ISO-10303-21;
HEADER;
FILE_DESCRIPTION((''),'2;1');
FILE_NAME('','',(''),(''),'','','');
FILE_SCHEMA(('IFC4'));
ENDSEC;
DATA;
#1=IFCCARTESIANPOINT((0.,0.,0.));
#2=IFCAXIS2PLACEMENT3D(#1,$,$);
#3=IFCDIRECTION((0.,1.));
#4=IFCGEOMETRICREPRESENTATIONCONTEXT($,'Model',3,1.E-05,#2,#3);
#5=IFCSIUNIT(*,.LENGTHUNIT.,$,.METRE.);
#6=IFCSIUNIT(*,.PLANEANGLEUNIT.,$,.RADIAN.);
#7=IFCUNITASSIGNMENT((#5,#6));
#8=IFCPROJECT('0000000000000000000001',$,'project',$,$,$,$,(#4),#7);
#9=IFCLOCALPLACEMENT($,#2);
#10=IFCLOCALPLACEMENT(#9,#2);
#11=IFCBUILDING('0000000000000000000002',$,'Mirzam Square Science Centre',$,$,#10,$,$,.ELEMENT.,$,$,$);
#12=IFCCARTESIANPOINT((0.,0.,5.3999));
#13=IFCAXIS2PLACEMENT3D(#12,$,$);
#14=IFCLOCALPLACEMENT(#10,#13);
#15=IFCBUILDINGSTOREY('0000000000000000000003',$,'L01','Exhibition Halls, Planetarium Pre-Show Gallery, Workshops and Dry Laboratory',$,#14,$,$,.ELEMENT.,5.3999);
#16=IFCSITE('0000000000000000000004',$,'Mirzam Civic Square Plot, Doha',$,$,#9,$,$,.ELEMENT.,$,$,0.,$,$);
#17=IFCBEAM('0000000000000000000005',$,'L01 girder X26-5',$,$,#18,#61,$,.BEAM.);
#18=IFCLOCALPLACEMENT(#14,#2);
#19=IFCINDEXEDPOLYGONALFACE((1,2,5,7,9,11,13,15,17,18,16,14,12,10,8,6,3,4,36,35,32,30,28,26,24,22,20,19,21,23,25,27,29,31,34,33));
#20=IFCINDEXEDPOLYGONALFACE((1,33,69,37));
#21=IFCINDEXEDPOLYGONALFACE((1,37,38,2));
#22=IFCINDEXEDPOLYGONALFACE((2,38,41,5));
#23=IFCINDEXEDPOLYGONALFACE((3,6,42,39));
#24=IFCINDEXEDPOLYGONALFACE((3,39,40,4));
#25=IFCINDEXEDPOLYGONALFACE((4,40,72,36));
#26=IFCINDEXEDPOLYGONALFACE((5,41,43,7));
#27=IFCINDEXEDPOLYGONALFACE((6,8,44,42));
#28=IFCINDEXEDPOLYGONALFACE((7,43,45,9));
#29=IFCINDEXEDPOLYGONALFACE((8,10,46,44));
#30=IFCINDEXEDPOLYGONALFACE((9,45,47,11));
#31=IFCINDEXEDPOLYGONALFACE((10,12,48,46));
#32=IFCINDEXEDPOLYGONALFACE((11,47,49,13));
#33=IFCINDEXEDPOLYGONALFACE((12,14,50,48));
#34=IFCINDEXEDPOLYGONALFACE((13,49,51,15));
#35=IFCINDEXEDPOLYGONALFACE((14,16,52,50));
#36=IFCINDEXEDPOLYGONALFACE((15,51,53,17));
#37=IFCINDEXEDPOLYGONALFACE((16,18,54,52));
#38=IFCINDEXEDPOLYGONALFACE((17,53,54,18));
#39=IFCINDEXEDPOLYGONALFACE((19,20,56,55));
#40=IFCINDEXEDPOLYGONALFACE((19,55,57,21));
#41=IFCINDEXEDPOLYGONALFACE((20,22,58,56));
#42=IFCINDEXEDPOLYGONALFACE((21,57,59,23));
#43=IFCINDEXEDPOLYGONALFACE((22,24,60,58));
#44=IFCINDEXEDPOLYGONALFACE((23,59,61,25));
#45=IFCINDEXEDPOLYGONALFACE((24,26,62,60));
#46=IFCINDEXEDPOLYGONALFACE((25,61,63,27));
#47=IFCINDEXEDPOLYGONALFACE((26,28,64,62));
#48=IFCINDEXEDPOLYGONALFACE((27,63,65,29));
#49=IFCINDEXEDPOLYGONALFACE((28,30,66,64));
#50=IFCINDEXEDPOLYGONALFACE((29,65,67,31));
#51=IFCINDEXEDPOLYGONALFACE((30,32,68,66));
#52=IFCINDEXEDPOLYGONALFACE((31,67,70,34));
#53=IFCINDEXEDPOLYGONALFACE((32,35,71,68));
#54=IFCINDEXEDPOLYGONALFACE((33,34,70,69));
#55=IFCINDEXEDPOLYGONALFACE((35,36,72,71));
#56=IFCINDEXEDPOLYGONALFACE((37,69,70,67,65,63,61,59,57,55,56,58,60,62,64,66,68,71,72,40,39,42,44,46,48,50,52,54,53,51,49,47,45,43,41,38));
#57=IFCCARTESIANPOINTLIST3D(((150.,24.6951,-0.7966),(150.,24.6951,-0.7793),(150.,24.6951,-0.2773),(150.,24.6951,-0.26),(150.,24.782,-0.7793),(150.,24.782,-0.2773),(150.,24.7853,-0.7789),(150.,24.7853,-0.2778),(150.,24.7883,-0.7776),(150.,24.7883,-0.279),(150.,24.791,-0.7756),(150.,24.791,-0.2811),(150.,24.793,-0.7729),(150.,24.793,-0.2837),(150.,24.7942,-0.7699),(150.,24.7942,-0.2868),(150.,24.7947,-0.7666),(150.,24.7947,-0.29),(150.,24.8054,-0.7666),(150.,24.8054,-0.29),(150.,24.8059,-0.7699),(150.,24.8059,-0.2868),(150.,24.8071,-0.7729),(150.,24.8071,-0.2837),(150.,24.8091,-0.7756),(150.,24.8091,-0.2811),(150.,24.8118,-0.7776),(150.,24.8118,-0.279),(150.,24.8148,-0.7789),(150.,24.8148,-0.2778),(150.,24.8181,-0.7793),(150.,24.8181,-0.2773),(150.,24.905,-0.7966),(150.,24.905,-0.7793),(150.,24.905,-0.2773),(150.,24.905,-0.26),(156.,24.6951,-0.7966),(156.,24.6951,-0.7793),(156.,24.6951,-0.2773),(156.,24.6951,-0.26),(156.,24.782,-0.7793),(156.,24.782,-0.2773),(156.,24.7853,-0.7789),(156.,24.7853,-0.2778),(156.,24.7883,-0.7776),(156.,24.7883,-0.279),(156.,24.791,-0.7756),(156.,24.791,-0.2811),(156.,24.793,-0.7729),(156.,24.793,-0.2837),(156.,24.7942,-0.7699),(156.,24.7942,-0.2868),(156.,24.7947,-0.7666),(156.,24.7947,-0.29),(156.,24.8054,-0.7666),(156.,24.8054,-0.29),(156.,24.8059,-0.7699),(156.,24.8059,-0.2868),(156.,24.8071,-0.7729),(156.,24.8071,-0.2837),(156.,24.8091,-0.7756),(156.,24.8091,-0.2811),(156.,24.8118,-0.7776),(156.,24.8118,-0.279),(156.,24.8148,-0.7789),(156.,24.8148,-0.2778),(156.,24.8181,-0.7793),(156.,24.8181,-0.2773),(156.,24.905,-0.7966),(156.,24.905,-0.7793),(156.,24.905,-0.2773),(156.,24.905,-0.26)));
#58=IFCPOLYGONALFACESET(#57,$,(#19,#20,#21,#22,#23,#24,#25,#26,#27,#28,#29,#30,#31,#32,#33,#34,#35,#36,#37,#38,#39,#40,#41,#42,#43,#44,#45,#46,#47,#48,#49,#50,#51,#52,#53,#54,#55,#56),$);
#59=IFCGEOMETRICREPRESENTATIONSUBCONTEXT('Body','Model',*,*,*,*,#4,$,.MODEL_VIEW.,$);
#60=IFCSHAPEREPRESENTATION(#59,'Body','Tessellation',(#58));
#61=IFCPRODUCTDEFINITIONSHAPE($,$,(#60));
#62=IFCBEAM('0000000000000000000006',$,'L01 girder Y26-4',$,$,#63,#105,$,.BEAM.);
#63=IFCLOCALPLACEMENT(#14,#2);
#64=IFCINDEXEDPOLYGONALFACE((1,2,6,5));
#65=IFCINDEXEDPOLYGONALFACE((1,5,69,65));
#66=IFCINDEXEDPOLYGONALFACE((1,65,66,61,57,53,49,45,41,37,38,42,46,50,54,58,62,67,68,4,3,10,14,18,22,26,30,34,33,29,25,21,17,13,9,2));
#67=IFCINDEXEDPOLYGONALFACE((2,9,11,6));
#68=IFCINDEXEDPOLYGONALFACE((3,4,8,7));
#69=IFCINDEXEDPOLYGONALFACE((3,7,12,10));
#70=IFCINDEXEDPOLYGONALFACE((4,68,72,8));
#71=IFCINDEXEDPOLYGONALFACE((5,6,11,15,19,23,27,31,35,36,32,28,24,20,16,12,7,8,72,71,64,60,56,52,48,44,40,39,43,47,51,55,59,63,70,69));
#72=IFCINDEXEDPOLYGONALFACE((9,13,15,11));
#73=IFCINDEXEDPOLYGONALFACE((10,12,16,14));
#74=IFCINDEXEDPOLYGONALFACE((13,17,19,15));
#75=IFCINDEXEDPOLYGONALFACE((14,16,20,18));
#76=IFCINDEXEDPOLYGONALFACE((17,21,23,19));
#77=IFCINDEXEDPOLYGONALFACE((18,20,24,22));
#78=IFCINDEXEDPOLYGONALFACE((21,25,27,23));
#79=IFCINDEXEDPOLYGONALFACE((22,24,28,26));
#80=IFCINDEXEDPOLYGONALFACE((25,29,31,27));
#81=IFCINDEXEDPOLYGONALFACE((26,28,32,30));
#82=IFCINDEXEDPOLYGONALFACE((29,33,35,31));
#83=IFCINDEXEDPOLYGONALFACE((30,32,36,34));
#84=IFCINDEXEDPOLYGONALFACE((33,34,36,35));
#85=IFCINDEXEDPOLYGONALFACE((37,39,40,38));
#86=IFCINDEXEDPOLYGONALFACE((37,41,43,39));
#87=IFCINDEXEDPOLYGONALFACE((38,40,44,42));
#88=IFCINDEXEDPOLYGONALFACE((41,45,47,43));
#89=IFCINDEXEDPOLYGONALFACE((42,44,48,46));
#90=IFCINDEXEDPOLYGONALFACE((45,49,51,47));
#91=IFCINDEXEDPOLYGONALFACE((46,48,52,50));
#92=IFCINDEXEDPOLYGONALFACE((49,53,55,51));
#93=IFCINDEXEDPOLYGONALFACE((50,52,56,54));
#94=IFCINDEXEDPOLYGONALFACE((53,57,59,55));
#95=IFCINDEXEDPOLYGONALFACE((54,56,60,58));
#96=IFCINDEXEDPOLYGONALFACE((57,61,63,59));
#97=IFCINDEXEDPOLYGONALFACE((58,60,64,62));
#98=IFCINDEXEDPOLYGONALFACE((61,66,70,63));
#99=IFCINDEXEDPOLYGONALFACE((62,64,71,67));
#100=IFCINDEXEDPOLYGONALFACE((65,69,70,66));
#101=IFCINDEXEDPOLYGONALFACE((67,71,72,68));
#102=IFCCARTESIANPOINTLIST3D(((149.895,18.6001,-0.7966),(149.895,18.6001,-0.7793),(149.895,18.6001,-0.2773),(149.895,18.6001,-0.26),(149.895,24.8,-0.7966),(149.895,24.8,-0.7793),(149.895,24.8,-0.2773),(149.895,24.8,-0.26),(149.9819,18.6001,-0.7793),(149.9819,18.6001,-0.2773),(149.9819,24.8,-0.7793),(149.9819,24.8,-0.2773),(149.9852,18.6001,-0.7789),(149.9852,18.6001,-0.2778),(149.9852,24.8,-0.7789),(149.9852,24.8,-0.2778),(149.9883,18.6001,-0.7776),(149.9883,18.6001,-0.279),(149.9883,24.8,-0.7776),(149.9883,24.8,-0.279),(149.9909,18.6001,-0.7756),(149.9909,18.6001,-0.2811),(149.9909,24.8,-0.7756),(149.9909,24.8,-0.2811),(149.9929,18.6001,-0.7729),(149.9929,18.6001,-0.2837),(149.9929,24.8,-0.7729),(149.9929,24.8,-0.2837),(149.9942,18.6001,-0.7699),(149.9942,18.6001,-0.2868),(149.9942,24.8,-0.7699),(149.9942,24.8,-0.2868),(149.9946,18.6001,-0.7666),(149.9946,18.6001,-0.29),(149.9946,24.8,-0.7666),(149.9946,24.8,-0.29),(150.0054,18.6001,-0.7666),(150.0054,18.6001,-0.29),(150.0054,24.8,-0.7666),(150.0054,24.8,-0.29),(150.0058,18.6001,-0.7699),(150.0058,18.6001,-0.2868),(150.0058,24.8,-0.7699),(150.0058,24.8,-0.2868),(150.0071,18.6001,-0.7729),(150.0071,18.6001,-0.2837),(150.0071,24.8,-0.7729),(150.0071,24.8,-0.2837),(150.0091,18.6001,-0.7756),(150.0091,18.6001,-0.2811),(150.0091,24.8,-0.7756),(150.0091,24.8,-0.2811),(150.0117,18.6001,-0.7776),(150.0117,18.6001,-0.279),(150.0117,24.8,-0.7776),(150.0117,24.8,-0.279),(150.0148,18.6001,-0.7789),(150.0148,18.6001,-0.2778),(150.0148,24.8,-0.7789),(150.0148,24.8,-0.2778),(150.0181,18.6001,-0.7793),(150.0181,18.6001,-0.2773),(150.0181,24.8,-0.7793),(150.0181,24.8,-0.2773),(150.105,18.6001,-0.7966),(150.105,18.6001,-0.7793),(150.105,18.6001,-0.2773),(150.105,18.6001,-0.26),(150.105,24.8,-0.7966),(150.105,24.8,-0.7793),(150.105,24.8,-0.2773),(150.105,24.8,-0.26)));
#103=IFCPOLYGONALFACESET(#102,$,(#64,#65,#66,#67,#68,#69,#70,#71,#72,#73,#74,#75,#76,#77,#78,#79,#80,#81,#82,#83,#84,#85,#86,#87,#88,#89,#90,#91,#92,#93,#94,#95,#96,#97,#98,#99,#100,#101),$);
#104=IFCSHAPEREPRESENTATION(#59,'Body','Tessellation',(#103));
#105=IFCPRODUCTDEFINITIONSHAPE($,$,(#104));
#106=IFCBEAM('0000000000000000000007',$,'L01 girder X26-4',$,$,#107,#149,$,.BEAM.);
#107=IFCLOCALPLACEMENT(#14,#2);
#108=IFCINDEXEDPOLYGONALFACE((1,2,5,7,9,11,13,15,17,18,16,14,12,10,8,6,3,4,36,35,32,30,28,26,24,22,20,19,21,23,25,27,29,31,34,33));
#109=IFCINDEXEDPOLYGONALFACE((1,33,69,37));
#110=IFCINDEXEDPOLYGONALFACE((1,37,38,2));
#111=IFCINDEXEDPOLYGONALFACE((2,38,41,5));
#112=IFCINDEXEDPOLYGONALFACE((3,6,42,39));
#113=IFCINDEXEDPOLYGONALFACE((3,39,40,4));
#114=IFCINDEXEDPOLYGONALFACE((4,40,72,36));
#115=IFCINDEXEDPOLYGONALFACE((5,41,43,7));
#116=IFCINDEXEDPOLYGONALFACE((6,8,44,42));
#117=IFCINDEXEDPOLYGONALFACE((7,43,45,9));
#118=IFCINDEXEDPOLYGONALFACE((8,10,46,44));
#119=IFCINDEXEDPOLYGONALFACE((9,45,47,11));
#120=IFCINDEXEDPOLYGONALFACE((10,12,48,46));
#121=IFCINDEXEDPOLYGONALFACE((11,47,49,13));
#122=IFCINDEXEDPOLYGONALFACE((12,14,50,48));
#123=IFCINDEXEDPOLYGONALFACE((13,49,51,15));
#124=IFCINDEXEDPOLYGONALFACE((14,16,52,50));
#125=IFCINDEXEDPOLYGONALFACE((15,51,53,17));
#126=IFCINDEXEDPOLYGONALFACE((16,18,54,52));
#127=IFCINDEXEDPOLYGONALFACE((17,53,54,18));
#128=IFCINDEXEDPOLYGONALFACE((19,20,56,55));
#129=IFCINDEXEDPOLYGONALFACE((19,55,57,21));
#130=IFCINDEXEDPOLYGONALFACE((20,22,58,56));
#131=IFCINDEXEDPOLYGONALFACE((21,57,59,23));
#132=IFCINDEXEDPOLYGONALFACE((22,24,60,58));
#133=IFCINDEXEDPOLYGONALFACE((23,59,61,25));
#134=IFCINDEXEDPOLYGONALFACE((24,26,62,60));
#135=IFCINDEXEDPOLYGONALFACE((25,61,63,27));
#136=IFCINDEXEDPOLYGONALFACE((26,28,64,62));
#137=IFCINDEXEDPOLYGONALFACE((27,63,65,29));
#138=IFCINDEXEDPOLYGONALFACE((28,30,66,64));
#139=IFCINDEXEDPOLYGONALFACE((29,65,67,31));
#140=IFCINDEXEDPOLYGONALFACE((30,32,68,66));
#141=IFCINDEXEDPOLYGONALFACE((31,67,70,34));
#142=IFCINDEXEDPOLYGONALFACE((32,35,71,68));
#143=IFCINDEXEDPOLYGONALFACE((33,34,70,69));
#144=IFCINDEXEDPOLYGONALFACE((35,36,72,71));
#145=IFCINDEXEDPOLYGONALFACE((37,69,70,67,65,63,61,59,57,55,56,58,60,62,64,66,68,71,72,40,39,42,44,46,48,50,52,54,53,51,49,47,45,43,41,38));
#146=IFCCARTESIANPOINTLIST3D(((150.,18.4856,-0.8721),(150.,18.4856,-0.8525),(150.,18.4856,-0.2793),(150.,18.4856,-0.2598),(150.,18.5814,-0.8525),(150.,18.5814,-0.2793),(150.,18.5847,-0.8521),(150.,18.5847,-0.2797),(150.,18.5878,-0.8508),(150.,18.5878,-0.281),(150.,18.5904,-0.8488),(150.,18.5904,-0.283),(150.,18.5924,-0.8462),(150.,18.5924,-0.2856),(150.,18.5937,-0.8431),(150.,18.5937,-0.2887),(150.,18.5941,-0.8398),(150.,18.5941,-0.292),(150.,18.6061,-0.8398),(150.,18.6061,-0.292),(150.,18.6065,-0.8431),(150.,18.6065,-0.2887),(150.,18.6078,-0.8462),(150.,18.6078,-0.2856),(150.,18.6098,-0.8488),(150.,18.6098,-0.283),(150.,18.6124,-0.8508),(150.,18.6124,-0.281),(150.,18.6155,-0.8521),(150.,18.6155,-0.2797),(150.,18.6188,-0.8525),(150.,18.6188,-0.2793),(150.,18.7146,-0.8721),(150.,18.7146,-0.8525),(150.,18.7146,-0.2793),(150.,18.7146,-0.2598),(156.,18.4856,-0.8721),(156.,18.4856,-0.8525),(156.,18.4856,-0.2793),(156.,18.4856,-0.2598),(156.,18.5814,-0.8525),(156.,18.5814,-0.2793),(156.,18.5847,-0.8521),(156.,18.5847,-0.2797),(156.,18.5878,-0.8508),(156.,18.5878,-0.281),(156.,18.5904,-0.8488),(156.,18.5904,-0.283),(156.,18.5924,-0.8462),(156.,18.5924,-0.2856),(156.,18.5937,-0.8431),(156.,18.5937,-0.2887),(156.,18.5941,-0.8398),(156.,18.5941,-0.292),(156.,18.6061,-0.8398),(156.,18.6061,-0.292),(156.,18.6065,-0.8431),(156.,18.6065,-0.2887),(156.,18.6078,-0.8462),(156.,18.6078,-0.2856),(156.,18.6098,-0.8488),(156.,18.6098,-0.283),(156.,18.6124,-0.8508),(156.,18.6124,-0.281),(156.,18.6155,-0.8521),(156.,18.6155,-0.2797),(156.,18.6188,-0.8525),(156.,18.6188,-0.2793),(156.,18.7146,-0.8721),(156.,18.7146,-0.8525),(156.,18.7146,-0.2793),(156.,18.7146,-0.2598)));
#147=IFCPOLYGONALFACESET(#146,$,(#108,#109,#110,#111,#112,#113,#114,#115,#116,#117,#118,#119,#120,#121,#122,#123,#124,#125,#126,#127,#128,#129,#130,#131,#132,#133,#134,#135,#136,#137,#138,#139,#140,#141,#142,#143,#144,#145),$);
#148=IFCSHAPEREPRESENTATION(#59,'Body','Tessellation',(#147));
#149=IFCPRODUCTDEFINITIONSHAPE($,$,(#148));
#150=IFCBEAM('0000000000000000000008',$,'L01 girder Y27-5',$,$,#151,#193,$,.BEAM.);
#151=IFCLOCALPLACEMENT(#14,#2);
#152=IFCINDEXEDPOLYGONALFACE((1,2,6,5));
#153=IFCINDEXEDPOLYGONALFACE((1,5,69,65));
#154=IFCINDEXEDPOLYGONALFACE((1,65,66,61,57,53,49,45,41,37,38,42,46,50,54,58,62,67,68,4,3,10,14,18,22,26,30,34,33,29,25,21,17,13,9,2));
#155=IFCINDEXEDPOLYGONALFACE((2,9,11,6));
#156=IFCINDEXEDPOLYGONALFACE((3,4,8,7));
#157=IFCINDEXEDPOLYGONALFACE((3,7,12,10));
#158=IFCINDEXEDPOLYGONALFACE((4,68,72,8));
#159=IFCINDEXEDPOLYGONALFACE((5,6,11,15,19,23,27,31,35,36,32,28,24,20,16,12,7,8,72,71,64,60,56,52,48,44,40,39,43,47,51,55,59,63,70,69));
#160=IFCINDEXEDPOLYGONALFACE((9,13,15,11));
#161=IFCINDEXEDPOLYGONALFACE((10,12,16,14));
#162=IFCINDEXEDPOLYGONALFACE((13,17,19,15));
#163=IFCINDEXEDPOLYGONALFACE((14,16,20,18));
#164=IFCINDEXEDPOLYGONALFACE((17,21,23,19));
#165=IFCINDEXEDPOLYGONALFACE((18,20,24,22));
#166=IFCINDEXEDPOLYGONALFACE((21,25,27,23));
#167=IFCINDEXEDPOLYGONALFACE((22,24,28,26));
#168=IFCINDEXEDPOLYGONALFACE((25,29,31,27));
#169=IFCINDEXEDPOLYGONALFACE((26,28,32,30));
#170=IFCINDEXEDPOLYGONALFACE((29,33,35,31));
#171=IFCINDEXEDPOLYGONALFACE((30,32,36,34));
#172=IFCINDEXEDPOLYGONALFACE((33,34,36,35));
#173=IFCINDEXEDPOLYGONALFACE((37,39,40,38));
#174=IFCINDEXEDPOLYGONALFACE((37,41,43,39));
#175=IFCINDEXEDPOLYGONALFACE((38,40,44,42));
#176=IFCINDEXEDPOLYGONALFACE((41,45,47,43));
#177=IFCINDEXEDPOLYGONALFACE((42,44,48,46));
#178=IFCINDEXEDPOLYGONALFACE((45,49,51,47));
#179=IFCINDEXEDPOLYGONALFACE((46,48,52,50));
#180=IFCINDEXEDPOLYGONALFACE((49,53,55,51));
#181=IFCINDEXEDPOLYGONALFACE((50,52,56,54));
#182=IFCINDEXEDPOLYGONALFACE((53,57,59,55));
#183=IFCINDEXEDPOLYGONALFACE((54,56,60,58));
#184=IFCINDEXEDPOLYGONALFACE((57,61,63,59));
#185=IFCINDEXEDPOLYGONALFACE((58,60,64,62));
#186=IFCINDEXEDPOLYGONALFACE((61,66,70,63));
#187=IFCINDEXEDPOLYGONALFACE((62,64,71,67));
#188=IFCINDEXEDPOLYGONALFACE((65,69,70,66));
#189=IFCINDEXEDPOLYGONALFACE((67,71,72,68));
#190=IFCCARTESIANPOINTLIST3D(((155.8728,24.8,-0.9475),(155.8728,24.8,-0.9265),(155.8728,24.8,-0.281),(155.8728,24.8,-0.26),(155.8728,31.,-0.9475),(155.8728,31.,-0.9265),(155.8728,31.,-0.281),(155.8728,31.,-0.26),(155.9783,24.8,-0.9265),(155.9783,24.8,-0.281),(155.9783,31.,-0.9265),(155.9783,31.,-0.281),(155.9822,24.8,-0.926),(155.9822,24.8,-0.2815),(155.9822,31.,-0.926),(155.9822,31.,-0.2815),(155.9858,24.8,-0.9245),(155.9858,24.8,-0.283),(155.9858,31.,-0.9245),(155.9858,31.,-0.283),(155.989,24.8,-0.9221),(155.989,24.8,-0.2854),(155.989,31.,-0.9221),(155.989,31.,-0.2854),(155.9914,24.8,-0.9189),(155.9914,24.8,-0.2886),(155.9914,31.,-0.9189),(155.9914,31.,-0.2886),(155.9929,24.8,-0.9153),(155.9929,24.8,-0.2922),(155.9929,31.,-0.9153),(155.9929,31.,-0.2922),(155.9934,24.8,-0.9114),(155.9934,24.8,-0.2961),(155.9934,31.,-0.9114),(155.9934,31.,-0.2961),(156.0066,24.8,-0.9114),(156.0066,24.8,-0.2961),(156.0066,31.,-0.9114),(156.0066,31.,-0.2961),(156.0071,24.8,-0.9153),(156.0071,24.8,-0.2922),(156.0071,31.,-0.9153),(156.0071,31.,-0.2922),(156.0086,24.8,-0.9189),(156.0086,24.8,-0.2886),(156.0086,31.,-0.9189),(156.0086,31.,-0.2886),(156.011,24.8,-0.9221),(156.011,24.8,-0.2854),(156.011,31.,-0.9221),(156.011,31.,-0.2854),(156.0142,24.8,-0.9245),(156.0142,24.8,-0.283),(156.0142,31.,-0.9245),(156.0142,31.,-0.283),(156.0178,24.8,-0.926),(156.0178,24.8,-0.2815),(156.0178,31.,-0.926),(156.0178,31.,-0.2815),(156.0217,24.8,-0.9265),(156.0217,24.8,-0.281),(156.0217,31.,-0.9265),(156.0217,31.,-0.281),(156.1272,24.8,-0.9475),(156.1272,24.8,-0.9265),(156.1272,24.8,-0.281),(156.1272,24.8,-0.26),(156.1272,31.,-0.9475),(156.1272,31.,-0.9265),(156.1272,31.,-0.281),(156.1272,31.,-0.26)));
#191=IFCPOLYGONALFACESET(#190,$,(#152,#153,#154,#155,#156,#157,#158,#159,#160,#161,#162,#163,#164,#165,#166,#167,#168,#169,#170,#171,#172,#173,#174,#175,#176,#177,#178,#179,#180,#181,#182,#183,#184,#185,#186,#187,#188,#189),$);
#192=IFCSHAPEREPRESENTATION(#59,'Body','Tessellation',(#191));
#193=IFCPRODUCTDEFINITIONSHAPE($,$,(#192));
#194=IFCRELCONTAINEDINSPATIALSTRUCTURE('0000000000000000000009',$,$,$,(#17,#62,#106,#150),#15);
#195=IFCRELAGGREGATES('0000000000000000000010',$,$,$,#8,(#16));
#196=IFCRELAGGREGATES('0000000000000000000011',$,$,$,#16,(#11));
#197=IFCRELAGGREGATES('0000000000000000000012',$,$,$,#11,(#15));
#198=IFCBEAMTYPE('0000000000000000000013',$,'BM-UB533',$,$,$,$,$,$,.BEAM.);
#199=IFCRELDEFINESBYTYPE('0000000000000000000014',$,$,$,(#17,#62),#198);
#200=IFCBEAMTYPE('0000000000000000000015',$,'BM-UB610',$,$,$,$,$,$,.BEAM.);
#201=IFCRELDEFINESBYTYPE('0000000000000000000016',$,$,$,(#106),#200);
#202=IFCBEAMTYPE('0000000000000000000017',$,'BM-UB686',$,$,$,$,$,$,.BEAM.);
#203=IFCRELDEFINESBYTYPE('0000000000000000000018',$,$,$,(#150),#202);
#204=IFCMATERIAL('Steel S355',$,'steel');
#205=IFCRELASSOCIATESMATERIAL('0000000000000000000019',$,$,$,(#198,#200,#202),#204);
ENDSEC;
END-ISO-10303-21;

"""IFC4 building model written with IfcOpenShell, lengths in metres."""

from ifc_helpers import new_model, si_unit, direction, frame, origin, origin_2d, place, context, subcontext, project, spatial, i_section, extrude, material, material_profile, profile_set, type_object, element, save


model = new_model("IFC4")

# Units and contexts
model_context = context("Model", 3, precision=1e-05, world=origin(), true_north=direction((0.0, 1.0)))
body_context = subcontext(model_context, "Body", "Model", "MODEL_VIEW")
ifc_project = project(units=[si_unit("LENGTHUNIT", "METRE"), si_unit("PLANEANGLEUNIT", "RADIAN")], contexts=[model_context])

# Site, building, storey
site_placement = place(None, origin())
site = spatial("IfcSite", under=ifc_project, at=site_placement, Name="Mirzam Civic Square Plot, Doha", CompositionType="ELEMENT", RefElevation=0.0)
building_placement = place(site_placement, origin())
building = spatial("IfcBuilding", under=site, at=building_placement, Name="Mirzam Square Science Centre", CompositionType="ELEMENT")
storey_placement = place(building_placement, frame((0.0, 0.0, 5.3999)))
storey = spatial("IfcBuildingStorey", under=building, at=storey_placement, Name="L01", Description="Exhibition Halls, Planetarium Pre-Show Gallery, Workshops and Dry Laboratory", CompositionType="ELEMENT", Elevation=5.3999)

# Shared definitions
ifc_material_1 = material(Name="Steel S355", Category="steel")

# Beams
ifc_material_profile_1 = material_profile(ifc_material_1, i_section(OverallWidth=0.21, OverallDepth=0.5366, WebThickness=0.0107, FlangeThickness=0.0173, FilletRadius=0.0127, at=origin_2d()), Name="533x210x101UB")
ifc_profile_set_1 = profile_set([ifc_material_profile_1], Name="Steel S355")
beam_type_1 = type_object("IfcBeamType", Name="BM-UB533", PredefinedType="BEAM", material=ifc_profile_set_1)
for number, where, z_axis, x_axis, name in (
    (1, (150.0, 24.8, -0.5283), (1.0, 0.0, 0.0), (0.0, 1.0, 0.0), "L01 girder X26-5"),
):
    element("IfcBeam", number, at=place(storey_placement, frame(where, z_axis=z_axis, x_axis=x_axis)), inside=storey, type_object=beam_type_1, Name=name, PredefinedType="BEAM", context=body_context, shape_type="SweptSolid", body=[
        extrude(i_section(OverallWidth=0.21, OverallDepth=0.5366, WebThickness=0.0107, FlangeThickness=0.0173, FilletRadius=0.0127, at=origin_2d()), origin(), (0.0, 0.0, 1.0), 6.0),
    ])
beam_1_placement = place(storey_placement, frame((150.0, 18.6001, -0.5283), z_axis=(0.0, 1.0, 0.0), x_axis=(-1.0, 0.0, 0.0)))
element("IfcBeam", 2, at=beam_1_placement, inside=storey, type_object=beam_type_1, Name="L01 girder Y26-4", PredefinedType="BEAM", context=body_context, shape_type="SweptSolid", body=[
    extrude(i_section(OverallWidth=0.21, OverallDepth=0.5366, WebThickness=0.0107, FlangeThickness=0.0173, FilletRadius=0.0127, at=origin_2d()), origin(), (0.0, 0.0, 1.0), 6.2),
])
ifc_material_profile_2 = material_profile(ifc_material_1, i_section(OverallWidth=0.229, OverallDepth=0.6123, WebThickness=0.012, FlangeThickness=0.0195, FilletRadius=0.0127, at=origin_2d()), Name="610x229x125UB")
ifc_profile_set_2 = profile_set([ifc_material_profile_2], Name="Steel S355")
beam_type_2 = type_object("IfcBeamType", Name="BM-UB610", PredefinedType="BEAM", material=ifc_profile_set_2)
beam_2_placement = place(storey_placement, frame((150.0, 18.6001, -0.5659), z_axis=(1.0, 0.0, 0.0), x_axis=(0.0, 1.0, 0.0)))
element("IfcBeam", 3, at=beam_2_placement, inside=storey, type_object=beam_type_2, Name="L01 girder X26-4", PredefinedType="BEAM", context=body_context, shape_type="SweptSolid", body=[
    extrude(i_section(OverallWidth=0.229, OverallDepth=0.6123, WebThickness=0.012, FlangeThickness=0.0195, FilletRadius=0.0127, at=origin_2d()), origin(), (0.0, 0.0, 1.0), 6.0),
])
ifc_material_profile_3 = material_profile(ifc_material_1, i_section(OverallWidth=0.2544, OverallDepth=0.6875, WebThickness=0.0132, FlangeThickness=0.021, FilletRadius=0.0151, at=origin_2d()), Name="686x254x152UB")
ifc_profile_set_3 = profile_set([ifc_material_profile_3], Name="Steel S355")
beam_type_3 = type_object("IfcBeamType", Name="BM-UB686", PredefinedType="BEAM", material=ifc_profile_set_3)
beam_3_placement = place(storey_placement, frame((156.0, 24.8, -0.6038), z_axis=(0.0, 1.0, 0.0), x_axis=(-1.0, 0.0, 0.0)))
element("IfcBeam", 4, at=beam_3_placement, inside=storey, type_object=beam_type_3, Name="L01 girder Y27-5", PredefinedType="BEAM", context=body_context, shape_type="SweptSolid", body=[
    extrude(i_section(OverallWidth=0.2544, OverallDepth=0.6875, WebThickness=0.0132, FlangeThickness=0.021, FilletRadius=0.0151, at=origin_2d()), origin(), (0.0, 0.0, 1.0), 6.2),
])

save(model, "model.ifc")
